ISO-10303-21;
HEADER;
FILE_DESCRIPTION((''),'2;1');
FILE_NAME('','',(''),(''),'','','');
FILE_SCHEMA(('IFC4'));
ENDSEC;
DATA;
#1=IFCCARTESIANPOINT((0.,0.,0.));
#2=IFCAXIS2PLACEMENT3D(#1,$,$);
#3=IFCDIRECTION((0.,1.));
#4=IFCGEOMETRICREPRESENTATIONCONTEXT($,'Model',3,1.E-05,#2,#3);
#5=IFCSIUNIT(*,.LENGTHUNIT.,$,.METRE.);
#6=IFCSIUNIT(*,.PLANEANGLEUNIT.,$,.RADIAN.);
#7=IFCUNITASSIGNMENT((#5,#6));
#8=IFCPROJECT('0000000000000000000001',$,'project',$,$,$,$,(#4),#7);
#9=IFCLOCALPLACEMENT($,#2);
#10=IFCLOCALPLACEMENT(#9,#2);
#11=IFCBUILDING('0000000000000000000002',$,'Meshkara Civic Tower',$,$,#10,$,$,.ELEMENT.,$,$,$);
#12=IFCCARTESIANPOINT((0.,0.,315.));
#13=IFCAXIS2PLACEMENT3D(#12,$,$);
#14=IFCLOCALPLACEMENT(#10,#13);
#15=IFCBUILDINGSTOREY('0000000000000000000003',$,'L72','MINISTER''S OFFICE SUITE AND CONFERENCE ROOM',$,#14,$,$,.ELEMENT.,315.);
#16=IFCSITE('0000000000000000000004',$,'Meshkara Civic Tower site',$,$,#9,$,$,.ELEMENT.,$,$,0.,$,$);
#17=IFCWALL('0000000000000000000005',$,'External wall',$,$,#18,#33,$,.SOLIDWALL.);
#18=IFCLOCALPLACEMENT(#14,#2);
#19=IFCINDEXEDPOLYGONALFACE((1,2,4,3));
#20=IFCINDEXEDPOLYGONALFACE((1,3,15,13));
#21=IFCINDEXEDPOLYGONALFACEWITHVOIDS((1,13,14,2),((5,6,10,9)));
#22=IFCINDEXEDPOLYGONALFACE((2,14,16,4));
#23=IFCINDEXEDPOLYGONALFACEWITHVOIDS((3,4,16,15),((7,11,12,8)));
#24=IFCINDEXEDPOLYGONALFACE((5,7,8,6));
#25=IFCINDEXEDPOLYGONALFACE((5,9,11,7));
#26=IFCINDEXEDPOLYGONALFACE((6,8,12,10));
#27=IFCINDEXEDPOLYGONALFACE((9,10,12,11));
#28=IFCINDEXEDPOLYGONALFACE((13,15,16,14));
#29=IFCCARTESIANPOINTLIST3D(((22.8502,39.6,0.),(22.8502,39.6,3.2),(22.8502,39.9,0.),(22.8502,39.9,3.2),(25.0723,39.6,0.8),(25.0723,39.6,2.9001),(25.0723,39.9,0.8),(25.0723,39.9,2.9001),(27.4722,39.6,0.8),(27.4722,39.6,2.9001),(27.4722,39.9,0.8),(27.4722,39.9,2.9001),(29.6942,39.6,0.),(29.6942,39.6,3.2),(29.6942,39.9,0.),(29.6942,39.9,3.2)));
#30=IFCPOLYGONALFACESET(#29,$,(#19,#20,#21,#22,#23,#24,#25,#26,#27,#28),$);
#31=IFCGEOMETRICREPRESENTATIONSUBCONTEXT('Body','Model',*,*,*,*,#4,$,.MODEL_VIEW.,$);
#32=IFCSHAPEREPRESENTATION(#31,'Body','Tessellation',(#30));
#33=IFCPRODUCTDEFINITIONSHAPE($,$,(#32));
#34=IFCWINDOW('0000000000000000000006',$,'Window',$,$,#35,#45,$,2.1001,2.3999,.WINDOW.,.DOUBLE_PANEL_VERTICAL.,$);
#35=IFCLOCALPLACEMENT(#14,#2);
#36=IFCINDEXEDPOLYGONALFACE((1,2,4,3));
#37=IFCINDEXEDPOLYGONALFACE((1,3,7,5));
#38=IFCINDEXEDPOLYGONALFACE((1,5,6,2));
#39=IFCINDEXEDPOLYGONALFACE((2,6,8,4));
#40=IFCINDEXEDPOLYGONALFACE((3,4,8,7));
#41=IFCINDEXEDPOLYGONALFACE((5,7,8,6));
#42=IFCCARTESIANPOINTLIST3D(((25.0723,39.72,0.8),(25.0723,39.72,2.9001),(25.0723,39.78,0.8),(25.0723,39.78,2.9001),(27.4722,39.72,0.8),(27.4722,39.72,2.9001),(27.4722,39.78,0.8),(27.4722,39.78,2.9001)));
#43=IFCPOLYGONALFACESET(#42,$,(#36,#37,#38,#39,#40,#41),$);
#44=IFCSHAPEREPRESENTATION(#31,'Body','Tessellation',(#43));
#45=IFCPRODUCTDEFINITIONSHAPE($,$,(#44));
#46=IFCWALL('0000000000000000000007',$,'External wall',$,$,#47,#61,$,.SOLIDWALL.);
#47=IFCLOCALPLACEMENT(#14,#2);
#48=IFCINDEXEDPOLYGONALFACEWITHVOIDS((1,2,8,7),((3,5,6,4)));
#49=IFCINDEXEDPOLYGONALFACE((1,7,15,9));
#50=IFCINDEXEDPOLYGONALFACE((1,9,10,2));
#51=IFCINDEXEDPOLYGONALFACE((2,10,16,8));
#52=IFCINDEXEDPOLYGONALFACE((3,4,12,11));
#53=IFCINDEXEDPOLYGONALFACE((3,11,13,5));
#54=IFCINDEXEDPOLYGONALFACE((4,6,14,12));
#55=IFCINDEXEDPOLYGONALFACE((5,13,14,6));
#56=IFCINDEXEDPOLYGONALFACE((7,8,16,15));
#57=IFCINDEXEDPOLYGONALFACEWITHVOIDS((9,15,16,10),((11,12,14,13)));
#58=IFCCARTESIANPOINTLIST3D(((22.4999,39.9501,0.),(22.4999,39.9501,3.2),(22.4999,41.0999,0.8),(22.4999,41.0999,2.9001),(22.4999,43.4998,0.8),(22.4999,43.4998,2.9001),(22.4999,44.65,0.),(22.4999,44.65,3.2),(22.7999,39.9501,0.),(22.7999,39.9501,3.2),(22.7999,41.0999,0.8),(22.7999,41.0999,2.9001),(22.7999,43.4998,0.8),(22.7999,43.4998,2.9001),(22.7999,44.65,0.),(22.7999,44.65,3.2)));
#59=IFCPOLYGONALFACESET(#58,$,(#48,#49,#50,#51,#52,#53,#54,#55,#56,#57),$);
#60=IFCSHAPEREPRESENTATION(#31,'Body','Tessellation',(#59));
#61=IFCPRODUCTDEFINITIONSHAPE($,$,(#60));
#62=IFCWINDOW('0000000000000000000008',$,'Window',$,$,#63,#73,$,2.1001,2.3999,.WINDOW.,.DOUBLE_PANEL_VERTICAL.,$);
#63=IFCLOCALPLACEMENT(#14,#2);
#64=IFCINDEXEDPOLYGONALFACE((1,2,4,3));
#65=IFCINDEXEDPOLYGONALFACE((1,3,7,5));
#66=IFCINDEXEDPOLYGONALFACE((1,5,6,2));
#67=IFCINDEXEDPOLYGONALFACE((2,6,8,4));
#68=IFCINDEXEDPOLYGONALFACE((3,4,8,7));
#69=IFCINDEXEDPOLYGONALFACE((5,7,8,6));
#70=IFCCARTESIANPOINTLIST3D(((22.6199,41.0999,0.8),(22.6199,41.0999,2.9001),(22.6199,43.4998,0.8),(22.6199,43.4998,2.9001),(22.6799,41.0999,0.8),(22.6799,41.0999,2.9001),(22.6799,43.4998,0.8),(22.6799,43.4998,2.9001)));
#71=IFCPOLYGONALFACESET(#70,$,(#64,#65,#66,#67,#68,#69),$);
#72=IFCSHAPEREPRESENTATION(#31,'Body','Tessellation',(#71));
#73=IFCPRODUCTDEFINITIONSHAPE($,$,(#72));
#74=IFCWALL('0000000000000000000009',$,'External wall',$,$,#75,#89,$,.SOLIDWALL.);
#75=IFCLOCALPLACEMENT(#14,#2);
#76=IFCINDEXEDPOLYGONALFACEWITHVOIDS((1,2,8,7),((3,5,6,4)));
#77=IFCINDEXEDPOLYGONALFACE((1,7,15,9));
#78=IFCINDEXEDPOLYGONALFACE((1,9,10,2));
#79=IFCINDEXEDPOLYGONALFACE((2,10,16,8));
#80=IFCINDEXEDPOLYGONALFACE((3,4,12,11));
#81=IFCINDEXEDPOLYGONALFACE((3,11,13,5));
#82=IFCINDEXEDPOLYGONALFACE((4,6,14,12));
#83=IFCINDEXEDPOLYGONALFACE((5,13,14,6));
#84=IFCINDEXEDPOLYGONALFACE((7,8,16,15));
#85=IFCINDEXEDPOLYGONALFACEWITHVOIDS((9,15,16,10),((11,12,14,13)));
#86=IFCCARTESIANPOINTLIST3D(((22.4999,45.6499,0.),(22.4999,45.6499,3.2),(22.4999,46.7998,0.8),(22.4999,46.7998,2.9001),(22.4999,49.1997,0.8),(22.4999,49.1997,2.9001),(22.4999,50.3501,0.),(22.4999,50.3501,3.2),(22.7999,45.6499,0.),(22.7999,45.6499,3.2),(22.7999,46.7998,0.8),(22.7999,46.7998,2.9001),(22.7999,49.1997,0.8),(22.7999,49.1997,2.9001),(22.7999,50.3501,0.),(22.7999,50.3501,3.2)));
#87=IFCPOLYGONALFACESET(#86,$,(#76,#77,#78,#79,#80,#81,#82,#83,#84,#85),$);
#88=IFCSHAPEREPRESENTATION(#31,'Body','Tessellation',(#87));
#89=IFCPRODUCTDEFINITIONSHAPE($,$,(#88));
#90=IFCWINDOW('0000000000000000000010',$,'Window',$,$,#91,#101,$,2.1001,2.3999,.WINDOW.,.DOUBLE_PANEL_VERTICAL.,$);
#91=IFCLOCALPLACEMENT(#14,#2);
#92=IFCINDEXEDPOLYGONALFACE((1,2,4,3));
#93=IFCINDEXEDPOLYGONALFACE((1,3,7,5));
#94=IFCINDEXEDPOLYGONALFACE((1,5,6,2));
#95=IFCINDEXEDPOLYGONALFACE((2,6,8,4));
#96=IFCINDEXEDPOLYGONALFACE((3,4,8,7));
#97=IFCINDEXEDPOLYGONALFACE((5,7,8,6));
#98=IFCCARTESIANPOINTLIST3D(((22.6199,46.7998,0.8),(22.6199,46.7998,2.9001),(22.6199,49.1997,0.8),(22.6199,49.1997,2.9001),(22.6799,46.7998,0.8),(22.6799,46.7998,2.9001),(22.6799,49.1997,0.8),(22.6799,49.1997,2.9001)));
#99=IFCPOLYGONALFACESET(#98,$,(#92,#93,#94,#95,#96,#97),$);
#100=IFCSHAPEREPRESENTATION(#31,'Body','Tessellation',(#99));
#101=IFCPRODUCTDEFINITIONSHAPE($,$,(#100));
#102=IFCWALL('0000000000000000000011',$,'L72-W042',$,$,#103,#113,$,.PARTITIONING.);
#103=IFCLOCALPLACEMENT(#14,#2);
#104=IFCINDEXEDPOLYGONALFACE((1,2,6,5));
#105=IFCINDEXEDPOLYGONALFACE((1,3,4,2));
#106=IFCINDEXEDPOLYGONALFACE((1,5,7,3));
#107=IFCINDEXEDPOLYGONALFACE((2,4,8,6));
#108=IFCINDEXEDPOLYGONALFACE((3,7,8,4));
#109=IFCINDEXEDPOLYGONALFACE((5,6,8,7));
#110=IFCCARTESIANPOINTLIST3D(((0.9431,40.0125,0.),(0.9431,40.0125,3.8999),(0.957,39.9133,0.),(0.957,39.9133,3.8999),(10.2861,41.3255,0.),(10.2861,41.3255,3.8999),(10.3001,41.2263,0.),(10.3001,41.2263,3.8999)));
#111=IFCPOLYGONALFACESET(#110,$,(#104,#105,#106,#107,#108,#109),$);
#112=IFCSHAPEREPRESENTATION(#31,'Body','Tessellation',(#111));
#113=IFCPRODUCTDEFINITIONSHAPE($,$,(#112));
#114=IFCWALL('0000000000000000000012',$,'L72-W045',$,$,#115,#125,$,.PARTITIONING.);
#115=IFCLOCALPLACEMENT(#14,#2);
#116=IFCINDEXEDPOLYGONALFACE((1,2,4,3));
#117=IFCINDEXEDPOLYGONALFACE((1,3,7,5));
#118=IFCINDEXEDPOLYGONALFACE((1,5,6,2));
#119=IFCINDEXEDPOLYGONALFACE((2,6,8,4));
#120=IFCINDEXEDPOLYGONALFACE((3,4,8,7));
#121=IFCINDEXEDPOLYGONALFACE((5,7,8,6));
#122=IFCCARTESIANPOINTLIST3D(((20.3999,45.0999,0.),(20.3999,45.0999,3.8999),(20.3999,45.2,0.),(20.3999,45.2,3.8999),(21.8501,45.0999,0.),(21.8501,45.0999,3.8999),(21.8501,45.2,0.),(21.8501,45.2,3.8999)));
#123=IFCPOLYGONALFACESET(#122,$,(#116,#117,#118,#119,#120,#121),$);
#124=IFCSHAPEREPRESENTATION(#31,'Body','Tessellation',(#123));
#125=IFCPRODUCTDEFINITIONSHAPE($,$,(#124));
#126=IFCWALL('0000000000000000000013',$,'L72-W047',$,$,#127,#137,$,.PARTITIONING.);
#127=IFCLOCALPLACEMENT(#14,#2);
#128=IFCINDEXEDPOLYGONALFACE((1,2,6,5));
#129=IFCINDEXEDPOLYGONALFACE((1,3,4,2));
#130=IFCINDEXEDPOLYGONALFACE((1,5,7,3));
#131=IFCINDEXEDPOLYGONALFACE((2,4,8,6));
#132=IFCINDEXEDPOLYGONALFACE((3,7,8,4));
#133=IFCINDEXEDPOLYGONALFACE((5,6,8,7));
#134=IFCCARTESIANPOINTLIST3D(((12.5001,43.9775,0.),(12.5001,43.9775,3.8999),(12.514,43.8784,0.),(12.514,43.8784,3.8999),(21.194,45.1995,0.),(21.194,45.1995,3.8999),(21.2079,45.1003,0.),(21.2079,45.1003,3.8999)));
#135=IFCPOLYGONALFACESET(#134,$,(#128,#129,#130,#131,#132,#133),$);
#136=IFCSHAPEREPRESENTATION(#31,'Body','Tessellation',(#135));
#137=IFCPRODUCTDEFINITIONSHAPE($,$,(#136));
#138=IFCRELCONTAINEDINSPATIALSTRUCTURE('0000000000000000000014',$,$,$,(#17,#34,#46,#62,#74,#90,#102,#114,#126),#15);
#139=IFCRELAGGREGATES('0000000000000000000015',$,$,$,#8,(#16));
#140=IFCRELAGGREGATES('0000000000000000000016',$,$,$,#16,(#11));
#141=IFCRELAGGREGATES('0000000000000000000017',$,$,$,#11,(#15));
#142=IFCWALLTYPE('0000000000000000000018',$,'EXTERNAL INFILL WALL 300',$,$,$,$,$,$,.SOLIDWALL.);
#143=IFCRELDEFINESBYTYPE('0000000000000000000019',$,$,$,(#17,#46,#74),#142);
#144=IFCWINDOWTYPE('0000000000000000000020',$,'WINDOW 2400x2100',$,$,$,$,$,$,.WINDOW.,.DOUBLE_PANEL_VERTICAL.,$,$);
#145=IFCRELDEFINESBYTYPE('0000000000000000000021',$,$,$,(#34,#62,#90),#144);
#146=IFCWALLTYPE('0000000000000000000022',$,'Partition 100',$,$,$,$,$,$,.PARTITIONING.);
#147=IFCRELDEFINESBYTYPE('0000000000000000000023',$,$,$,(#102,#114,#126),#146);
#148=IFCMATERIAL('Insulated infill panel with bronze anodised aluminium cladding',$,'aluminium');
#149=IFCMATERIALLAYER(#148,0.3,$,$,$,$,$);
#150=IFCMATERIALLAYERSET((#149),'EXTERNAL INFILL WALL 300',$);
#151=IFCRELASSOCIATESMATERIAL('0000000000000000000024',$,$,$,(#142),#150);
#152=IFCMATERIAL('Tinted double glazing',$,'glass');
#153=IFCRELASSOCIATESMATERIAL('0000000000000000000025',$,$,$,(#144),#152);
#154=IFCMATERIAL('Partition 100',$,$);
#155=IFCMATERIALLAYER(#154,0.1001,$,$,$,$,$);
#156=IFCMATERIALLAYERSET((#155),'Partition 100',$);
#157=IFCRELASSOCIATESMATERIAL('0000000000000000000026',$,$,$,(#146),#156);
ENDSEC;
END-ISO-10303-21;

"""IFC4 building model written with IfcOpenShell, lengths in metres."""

from ifc_helpers import new_model, si_unit, direction, frame, frame_2d, origin, place, context, subcontext, project, spatial, rectangle, extrude, material, layer, layer_set, type_object, element, fill, save


model = new_model("IFC4")

# Units and contexts
model_context = context("Model", 3, precision=1e-05, world=origin(), true_north=direction((0.0, 1.0)))
body_context = subcontext(model_context, "Body", "Model", "MODEL_VIEW")
ifc_project = project(units=[si_unit("LENGTHUNIT", "METRE"), si_unit("PLANEANGLEUNIT", "RADIAN")], contexts=[model_context])

# Site, building, storey
site_placement = place(None, origin())
site = spatial("IfcSite", under=ifc_project, at=site_placement, Name="Meshkara Civic Tower site", CompositionType="ELEMENT", RefElevation=0.0)
building_placement = place(site_placement, origin())
building = spatial("IfcBuilding", under=site, at=building_placement, Name="Meshkara Civic Tower", CompositionType="ELEMENT")
storey_placement = place(building_placement, frame((0.0, 0.0, 315.0)))
storey = spatial("IfcBuildingStorey", under=building, at=storey_placement, Name="L72", Description="MINISTER'S OFFICE SUITE AND CONFERENCE ROOM", CompositionType="ELEMENT", Elevation=315.0)

# Walls, openings, windows
ifc_material_1 = material(Name="Insulated infill panel with bronze anodised aluminium cladding", Category="aluminium")
ifc_layer_1 = layer(ifc_material_1, 0.3)
ifc_layer_set_1 = layer_set([ifc_layer_1], Name="EXTERNAL INFILL WALL 300")
wall_type_1 = type_object("IfcWallType", Name="EXTERNAL INFILL WALL 300", PredefinedType="SOLIDWALL", material=ifc_layer_set_1)
wall_1_placement = place(storey_placement, frame((29.6941, 39.75, 0.0), z_axis=(0.0, 0.0, 1.0), x_axis=(-1.0, 0.0, 0.0)))
wall_1 = element("IfcWall", 1, at=wall_1_placement, inside=storey, type_object=wall_type_1, Name="External wall", PredefinedType="SOLIDWALL", context=body_context, shape_type="SweptSolid", body=[
    extrude(rectangle(XDim=6.844, YDim=0.3, at=frame_2d((3.4219, 0.0))), origin(), (0.0, 0.0, 1.0), 3.2),
])
opening_1_placement = place(wall_1_placement, frame((2.2219, 0.0, 0.8)))
opening_1 = element("IfcOpeningElement", 2, at=opening_1_placement, cuts=wall_1, PredefinedType="OPENING", context=body_context, shape_type="SweptSolid", body=[
    extrude(rectangle(XDim=2.3999, YDim=2.1001, at=frame_2d((1.2, 1.05))), frame((0.0, 0.1599, 0.0), z_axis=(0.0, -1.0, 0.0), x_axis=(1.0, 0.0, 0.0)), (0.0, 0.0, 1.0), 0.3201),
])
ifc_material_2 = material(Name="Tinted double glazing", Category="glass")
window_type = type_object("IfcWindowType", Name="WINDOW 2400x2100", PartitioningType="DOUBLE_PANEL_VERTICAL", PredefinedType="WINDOW", material=ifc_material_2)
window_1_placement = place(opening_1_placement, origin())
window_1 = element("IfcWindow", 3, at=window_1_placement, inside=storey, type_object=window_type, Name="Window", OverallHeight=2.1001, OverallWidth=2.3999, PartitioningType="DOUBLE_PANEL_VERTICAL", PredefinedType="WINDOW", context=body_context, shape_type="SweptSolid", body=[
    extrude(rectangle(XDim=2.3999, YDim=2.1001, at=frame_2d((1.2, 1.05))), frame((0.0, 0.03, 0.0), z_axis=(0.0, -1.0, 0.0), x_axis=(1.0, 0.0, 0.0)), (0.0, 0.0, 1.0), 0.0601),
])
fill(opening_1, window_1)
wall_2_placement = place(storey_placement, frame((22.6499, 39.95, 0.0), z_axis=(0.0, 0.0, 1.0), x_axis=(0.0, 1.0, 0.0)))
wall_2 = element("IfcWall", 4, at=wall_2_placement, inside=storey, type_object=wall_type_1, Name="External wall", PredefinedType="SOLIDWALL", context=body_context, shape_type="SweptSolid", body=[
    extrude(rectangle(XDim=4.7, YDim=0.3, at=frame_2d((2.3501, 0.0))), origin(), (0.0, 0.0, 1.0), 3.2),
])
opening_2_placement = place(wall_2_placement, frame((1.1499, 0.0, 0.8)))
opening_2 = element("IfcOpeningElement", 5, at=opening_2_placement, cuts=wall_2, PredefinedType="OPENING", context=body_context, shape_type="SweptSolid", body=[
    extrude(rectangle(XDim=2.3999, YDim=2.1001, at=frame_2d((1.2, 1.05))), frame((0.0, 0.1599, 0.0), z_axis=(0.0, -1.0, 0.0), x_axis=(1.0, 0.0, 0.0)), (0.0, 0.0, 1.0), 0.3201),
])
window_2_placement = place(opening_2_placement, origin())
window_2 = element("IfcWindow", 6, at=window_2_placement, inside=storey, type_object=window_type, Name="Window", OverallHeight=2.1001, OverallWidth=2.3999, PartitioningType="DOUBLE_PANEL_VERTICAL", PredefinedType="WINDOW", context=body_context, shape_type="SweptSolid", body=[
    extrude(rectangle(XDim=2.3999, YDim=2.1001, at=frame_2d((1.2, 1.05))), frame((0.0, 0.03, 0.0), z_axis=(0.0, -1.0, 0.0), x_axis=(1.0, 0.0, 0.0)), (0.0, 0.0, 1.0), 0.0601),
])
fill(opening_2, window_2)
wall_3_placement = place(storey_placement, frame((22.6499, 45.6499, 0.0), z_axis=(0.0, 0.0, 1.0), x_axis=(0.0, 1.0, 0.0)))
wall_3 = element("IfcWall", 7, at=wall_3_placement, inside=storey, type_object=wall_type_1, Name="External wall", PredefinedType="SOLIDWALL", context=body_context, shape_type="SweptSolid", body=[
    extrude(rectangle(XDim=4.7002, YDim=0.3, at=frame_2d((2.3501, 0.0))), origin(), (0.0, 0.0, 1.0), 3.2),
])
opening_3_placement = place(wall_3_placement, frame((1.1499, 0.0, 0.8)))
opening_3 = element("IfcOpeningElement", 8, at=opening_3_placement, cuts=wall_3, PredefinedType="OPENING", context=body_context, shape_type="SweptSolid", body=[
    extrude(rectangle(XDim=2.3999, YDim=2.1001, at=frame_2d((1.2, 1.05))), frame((0.0, 0.1599, 0.0), z_axis=(0.0, -1.0, 0.0), x_axis=(1.0, 0.0, 0.0)), (0.0, 0.0, 1.0), 0.3201),
])
window_3_placement = place(opening_3_placement, origin())
window_3 = element("IfcWindow", 9, at=window_3_placement, inside=storey, type_object=window_type, Name="Window", OverallHeight=2.1001, OverallWidth=2.3999, PartitioningType="DOUBLE_PANEL_VERTICAL", PredefinedType="WINDOW", context=body_context, shape_type="SweptSolid", body=[
    extrude(rectangle(XDim=2.3999, YDim=2.1001, at=frame_2d((1.2, 1.05))), frame((0.0, 0.03, 0.0), z_axis=(0.0, -1.0, 0.0), x_axis=(1.0, 0.0, 0.0)), (0.0, 0.0, 1.0), 0.0601),
])
fill(opening_3, window_3)

# Walls
ifc_material_3 = material(Name="Partition 100")
ifc_layer_2 = layer(ifc_material_3, 0.1001)
ifc_layer_set_2 = layer_set([ifc_layer_2], Name="Partition 100")
wall_type_2 = type_object("IfcWallType", Name="Partition 100", PredefinedType="PARTITIONING", material=ifc_layer_set_2)
wall_4_placement = place(storey_placement, frame((10.293, 41.2759, 0.0), z_axis=(0.0, 0.0, 1.0), x_axis=(-0.990269, -0.139164, 0.0)))
element("IfcWall", 10, at=wall_4_placement, inside=storey, type_object=wall_type_2, Name="L72-W042", PredefinedType="PARTITIONING", context=body_context, shape_type="SweptSolid", body=[
    extrude(rectangle(XDim=9.4348, YDim=0.1001, at=frame_2d((4.7173, 0.0))), origin(), (0.0, 0.0, 1.0), 3.8999),
])
wall_5_placement = place(storey_placement, frame((20.3999, 45.1499, 0.0), z_axis=(0.0, 0.0, 1.0), x_axis=(1.0, 0.0, 0.0)))
element("IfcWall", 11, at=wall_5_placement, inside=storey, type_object=wall_type_2, Name="L72-W045", PredefinedType="PARTITIONING", context=body_context, shape_type="SweptSolid", body=[
    extrude(rectangle(XDim=1.4502, YDim=0.1001, at=frame_2d((0.7251, 0.0))), origin(), (0.0, 0.0, 1.0), 3.8999),
])
wall_6_placement = place(storey_placement, frame((21.2009, 45.1499, 0.0), z_axis=(0.0, 0.0, 1.0), x_axis=(-0.990267, -0.139182, 0.0)))
element("IfcWall", 12, at=wall_6_placement, inside=storey, type_object=wall_type_2, Name="L72-W047", PredefinedType="PARTITIONING", context=body_context, shape_type="SweptSolid", body=[
    extrude(rectangle(XDim=8.7793, YDim=0.1001, at=frame_2d((4.3896, 0.0))), origin(), (0.0, 0.0, 1.0), 3.8999),
])

save(model, "model.ifc")
